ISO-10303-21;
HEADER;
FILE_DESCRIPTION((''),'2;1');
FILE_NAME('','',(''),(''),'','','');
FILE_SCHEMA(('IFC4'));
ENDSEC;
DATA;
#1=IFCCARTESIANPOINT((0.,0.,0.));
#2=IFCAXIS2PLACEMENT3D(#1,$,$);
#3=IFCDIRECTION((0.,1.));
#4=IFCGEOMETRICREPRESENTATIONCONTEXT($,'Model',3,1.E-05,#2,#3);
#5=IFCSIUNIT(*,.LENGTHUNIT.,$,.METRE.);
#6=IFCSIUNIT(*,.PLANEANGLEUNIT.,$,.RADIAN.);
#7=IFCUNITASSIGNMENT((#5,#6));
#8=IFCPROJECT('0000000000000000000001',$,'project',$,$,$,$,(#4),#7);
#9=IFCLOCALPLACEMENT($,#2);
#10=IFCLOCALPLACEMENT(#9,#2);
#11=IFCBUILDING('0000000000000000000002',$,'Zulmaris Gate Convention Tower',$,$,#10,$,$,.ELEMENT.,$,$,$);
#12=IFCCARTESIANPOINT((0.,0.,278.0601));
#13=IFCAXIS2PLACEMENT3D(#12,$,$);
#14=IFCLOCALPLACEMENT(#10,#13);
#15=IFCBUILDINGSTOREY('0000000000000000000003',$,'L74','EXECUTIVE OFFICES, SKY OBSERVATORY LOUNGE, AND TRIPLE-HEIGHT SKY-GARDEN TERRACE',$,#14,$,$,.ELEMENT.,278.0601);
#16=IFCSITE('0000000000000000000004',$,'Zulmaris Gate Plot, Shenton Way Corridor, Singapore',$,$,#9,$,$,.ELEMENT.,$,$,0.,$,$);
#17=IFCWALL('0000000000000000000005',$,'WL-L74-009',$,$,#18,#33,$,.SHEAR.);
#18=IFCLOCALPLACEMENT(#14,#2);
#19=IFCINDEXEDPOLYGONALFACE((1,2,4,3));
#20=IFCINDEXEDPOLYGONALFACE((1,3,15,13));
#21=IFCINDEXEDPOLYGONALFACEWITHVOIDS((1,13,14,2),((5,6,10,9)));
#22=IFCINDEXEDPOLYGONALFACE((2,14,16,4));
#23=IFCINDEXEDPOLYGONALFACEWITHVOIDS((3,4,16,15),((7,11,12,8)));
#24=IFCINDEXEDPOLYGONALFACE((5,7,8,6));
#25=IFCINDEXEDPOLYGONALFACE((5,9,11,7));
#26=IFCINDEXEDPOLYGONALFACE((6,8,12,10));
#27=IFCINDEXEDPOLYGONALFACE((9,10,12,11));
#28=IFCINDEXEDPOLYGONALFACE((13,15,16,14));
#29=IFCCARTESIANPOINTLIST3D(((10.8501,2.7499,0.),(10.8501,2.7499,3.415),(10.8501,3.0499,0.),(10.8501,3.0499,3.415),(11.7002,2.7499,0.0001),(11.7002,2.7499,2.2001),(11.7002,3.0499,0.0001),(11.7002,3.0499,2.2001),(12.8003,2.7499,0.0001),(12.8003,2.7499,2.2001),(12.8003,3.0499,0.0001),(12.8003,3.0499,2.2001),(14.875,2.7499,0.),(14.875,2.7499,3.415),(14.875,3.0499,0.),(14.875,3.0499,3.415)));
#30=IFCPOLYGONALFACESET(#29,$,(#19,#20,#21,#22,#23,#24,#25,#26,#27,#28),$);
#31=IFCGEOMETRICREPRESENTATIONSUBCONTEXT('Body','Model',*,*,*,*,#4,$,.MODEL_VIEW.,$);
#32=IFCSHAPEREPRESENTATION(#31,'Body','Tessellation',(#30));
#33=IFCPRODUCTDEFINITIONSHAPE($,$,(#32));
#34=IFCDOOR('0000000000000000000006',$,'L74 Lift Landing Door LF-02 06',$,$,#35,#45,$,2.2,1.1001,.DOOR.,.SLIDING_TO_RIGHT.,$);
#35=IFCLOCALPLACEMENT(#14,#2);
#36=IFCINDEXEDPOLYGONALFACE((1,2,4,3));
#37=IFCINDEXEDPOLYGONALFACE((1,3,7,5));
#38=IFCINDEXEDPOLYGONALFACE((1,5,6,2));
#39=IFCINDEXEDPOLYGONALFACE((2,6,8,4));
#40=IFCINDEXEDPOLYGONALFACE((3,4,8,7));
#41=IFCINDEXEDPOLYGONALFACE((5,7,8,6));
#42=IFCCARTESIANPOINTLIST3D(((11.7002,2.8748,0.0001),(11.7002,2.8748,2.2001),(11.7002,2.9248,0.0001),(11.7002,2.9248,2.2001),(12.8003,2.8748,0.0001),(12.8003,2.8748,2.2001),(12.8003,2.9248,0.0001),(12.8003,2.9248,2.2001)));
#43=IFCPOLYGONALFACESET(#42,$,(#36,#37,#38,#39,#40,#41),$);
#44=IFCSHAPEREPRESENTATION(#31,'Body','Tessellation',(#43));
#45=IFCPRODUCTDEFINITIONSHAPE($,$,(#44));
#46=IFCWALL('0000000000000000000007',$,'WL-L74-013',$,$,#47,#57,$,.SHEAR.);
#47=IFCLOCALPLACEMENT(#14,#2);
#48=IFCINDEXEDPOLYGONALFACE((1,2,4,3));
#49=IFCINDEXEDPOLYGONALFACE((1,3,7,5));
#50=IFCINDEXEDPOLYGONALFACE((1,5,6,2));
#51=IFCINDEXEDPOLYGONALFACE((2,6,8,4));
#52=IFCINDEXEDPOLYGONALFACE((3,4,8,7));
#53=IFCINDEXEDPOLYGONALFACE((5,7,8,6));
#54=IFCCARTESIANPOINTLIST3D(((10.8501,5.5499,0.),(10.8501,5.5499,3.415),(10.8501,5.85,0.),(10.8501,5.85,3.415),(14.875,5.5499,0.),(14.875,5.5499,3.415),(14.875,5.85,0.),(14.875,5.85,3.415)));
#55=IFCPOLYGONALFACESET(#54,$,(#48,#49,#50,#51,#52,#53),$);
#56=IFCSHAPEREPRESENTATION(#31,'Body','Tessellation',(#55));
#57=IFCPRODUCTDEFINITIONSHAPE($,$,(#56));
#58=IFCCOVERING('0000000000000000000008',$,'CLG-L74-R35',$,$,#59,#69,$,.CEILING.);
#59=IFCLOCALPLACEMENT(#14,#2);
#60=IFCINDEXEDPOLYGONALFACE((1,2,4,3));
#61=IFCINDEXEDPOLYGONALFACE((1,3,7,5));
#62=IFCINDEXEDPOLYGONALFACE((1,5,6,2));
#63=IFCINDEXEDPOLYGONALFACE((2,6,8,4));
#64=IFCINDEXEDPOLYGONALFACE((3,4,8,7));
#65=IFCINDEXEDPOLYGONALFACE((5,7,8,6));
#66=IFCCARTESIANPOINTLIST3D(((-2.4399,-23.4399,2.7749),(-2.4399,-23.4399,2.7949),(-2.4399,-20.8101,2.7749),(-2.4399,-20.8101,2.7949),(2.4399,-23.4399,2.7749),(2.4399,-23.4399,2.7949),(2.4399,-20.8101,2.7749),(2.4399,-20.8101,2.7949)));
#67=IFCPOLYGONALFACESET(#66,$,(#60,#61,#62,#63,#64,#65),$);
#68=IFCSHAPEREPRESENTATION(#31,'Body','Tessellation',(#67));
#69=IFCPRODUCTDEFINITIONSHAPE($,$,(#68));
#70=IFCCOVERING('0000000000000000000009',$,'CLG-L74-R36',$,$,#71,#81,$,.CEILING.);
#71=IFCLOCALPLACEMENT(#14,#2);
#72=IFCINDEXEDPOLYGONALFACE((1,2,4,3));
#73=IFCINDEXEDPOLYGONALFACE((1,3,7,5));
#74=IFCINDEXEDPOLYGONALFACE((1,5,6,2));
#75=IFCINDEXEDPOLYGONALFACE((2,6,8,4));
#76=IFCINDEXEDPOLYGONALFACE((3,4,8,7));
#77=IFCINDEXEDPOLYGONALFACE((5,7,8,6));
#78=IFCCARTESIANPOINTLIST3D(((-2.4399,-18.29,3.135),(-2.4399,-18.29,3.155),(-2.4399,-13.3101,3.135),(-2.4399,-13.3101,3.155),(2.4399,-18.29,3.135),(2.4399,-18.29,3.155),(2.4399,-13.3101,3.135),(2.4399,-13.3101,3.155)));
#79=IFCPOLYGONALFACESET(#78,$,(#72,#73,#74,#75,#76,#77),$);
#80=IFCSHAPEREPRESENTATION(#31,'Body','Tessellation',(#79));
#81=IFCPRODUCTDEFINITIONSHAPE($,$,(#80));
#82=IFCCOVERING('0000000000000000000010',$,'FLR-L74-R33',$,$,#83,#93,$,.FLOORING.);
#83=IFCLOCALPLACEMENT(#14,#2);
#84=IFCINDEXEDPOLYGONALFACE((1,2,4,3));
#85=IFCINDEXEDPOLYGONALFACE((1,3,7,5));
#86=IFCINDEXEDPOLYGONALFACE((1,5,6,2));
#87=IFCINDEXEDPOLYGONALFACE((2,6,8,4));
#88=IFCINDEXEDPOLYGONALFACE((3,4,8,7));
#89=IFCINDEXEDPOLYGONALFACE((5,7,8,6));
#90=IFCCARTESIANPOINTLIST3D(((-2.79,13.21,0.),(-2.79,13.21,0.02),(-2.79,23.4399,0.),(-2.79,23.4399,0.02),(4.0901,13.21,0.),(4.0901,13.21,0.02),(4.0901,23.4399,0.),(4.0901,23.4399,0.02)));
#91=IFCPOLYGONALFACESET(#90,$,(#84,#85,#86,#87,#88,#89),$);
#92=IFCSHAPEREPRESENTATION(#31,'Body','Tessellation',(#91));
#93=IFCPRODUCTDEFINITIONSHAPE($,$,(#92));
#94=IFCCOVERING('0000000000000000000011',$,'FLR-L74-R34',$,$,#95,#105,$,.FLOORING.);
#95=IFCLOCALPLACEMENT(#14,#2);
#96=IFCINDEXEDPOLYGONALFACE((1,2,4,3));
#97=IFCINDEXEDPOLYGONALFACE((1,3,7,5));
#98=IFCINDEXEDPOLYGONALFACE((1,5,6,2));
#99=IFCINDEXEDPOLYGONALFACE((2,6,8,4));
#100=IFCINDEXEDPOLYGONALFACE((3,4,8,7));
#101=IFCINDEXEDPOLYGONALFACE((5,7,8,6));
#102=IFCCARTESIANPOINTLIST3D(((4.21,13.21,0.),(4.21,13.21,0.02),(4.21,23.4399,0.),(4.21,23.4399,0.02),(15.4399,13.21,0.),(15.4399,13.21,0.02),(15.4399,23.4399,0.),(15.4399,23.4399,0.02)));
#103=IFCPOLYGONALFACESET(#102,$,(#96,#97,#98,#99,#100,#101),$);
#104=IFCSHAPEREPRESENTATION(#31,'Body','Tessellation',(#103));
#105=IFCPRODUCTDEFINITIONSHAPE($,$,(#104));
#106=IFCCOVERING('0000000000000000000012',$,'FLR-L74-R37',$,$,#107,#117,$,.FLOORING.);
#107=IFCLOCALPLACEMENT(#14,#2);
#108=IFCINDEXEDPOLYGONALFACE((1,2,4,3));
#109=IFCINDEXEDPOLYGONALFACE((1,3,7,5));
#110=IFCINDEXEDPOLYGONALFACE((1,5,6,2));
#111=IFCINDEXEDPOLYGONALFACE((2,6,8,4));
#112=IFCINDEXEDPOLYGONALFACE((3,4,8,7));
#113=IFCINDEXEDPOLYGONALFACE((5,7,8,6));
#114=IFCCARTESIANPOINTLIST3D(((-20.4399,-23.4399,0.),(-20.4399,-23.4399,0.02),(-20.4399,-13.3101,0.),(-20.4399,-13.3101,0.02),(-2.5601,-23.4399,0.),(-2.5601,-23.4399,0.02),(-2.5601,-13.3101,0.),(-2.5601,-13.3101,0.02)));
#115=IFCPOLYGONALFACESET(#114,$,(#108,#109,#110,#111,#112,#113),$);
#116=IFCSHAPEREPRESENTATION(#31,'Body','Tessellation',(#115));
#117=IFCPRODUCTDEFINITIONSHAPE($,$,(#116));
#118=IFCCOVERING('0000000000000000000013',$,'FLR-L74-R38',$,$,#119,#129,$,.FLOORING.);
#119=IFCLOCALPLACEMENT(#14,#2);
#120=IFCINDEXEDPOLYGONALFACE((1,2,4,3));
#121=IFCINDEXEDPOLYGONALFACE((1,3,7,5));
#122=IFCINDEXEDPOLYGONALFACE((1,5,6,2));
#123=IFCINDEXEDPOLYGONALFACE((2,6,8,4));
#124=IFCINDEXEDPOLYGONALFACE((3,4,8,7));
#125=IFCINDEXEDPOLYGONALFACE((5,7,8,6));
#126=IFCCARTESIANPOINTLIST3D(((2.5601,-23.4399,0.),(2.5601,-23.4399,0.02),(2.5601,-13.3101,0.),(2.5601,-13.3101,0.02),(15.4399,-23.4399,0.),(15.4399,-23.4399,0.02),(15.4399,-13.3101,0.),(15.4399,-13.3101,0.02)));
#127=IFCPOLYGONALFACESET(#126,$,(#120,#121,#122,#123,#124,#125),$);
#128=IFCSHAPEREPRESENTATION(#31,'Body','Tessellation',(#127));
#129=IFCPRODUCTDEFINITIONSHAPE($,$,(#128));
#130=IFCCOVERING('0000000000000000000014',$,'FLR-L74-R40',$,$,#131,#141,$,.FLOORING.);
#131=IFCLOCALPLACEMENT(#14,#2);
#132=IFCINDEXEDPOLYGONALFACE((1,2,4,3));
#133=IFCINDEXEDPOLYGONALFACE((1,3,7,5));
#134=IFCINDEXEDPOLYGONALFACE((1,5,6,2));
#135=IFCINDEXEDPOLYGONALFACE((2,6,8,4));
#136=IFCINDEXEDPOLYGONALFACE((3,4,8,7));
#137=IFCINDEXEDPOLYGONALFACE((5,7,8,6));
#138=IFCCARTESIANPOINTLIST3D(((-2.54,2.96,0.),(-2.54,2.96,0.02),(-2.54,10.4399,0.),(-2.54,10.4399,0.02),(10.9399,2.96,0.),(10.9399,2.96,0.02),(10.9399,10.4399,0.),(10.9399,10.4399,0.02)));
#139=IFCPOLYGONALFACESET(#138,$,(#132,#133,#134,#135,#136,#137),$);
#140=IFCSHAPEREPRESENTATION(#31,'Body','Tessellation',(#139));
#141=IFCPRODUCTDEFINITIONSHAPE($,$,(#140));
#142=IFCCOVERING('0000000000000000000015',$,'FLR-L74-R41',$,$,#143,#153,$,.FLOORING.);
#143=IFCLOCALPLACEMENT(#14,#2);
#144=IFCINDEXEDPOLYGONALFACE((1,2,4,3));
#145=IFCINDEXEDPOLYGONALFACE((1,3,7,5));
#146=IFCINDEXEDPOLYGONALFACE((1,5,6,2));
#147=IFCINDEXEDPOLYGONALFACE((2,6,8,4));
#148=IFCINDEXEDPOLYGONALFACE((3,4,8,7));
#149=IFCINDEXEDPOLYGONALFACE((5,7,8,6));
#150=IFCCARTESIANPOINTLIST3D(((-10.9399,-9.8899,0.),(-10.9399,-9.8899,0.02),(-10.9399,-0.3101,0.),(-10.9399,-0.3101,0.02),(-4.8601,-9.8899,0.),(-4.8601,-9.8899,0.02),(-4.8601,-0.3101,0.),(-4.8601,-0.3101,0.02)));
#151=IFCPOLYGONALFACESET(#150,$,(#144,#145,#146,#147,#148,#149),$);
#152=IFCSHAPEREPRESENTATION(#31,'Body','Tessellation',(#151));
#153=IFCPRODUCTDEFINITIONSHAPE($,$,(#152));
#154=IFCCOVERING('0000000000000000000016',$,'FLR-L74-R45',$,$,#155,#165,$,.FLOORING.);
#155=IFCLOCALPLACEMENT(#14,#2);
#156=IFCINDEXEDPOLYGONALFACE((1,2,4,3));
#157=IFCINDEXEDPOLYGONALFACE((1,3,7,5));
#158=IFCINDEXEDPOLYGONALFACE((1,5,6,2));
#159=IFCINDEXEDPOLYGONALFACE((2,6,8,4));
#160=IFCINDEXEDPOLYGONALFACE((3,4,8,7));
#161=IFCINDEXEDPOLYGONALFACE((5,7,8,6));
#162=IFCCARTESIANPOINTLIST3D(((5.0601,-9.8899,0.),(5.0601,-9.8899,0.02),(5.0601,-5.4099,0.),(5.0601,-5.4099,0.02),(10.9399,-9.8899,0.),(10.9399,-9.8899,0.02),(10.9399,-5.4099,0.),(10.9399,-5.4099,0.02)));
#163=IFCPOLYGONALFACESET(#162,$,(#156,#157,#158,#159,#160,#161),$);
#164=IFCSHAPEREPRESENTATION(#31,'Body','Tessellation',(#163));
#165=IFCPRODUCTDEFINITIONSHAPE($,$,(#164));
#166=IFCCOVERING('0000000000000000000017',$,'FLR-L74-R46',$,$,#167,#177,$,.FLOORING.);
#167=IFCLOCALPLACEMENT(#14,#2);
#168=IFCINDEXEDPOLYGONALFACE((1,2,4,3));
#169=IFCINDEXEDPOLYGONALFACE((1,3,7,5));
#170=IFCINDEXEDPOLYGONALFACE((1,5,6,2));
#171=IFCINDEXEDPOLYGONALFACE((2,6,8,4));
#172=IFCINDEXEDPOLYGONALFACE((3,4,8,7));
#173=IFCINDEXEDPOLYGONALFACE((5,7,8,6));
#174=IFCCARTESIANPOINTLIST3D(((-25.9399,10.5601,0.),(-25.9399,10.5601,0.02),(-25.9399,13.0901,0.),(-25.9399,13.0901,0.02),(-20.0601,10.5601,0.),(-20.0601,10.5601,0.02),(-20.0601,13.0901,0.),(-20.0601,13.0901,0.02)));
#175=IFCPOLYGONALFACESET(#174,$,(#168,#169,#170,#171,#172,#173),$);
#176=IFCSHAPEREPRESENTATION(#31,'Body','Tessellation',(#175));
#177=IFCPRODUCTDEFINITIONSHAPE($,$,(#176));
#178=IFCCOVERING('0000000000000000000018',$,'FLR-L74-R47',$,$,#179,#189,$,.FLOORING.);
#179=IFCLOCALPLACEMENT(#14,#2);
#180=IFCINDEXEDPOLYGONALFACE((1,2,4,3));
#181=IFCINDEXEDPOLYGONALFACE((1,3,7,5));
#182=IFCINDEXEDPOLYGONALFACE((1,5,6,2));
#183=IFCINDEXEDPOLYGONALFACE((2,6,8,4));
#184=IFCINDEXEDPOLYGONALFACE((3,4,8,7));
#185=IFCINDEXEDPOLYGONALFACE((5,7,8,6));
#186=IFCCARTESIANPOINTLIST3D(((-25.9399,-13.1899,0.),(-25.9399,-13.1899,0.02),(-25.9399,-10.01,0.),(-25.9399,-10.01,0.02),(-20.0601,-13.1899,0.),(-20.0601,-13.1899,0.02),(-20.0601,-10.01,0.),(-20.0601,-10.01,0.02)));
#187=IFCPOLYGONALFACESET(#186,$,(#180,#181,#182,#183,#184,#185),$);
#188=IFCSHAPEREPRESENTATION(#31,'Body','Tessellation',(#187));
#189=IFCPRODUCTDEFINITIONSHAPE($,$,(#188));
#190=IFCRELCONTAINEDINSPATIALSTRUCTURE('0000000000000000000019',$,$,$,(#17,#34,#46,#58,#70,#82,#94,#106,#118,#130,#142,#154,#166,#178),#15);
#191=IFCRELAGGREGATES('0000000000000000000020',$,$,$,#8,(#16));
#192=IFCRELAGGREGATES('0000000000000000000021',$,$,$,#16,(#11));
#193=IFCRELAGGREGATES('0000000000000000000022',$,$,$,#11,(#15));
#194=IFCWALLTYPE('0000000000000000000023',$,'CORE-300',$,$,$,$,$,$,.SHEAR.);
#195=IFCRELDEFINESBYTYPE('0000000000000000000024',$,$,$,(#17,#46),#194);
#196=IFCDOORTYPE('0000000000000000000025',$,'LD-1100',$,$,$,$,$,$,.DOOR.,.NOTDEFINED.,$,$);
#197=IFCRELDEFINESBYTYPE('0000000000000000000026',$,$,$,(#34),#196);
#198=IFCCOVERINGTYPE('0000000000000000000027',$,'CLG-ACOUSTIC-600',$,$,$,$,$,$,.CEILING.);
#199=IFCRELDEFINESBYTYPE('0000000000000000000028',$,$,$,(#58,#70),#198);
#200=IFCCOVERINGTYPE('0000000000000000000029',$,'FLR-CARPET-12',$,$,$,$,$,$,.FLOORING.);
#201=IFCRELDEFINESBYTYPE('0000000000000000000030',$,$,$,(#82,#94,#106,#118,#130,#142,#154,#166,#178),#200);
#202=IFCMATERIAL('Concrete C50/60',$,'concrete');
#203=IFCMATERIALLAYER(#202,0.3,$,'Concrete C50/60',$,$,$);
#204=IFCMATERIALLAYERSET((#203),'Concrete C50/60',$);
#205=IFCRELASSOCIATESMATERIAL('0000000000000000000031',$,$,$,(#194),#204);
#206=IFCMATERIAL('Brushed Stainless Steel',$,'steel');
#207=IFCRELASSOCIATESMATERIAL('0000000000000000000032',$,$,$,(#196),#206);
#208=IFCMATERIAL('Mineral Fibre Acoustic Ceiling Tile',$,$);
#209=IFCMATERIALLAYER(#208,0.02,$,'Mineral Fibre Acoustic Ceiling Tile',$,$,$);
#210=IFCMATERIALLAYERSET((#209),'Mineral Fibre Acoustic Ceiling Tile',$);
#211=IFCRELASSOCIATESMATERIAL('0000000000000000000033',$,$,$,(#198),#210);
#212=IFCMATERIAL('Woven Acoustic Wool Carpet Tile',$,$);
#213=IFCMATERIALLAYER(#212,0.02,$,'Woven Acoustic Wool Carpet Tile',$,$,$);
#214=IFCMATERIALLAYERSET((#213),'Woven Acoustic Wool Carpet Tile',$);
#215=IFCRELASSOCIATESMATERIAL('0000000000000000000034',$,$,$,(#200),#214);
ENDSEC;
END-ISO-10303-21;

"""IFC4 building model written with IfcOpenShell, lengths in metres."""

from ifc_helpers import new_model, si_unit, direction, frame, frame_2d, origin, place, context, subcontext, project, spatial, polyline, rectangle, outline, extrude, material, layer, layer_set, type_object, element, fill, save


model = new_model("IFC4")

# Units and contexts
model_context = context("Model", 3, precision=1e-05, world=origin(), true_north=direction((0.0, 1.0)))
body_context = subcontext(model_context, "Body", "Model", "MODEL_VIEW")
ifc_project = project(units=[si_unit("LENGTHUNIT", "METRE"), si_unit("PLANEANGLEUNIT", "RADIAN")], contexts=[model_context])

# Site, building, storey
site_placement = place(None, origin())
site = spatial("IfcSite", under=ifc_project, at=site_placement, Name="Zulmaris Gate Plot, Shenton Way Corridor, Singapore", CompositionType="ELEMENT", RefElevation=0.0)
building_placement = place(site_placement, origin())
building = spatial("IfcBuilding", under=site, at=building_placement, Name="Zulmaris Gate Convention Tower", CompositionType="ELEMENT")
storey_placement = place(building_placement, frame((0.0, 0.0, 278.0601)))
storey = spatial("IfcBuildingStorey", under=building, at=storey_placement, Name="L74", Description="EXECUTIVE OFFICES, SKY OBSERVATORY LOUNGE, AND TRIPLE-HEIGHT SKY-GARDEN TERRACE", CompositionType="ELEMENT", Elevation=278.0601)

# Wall, opening, door
ifc_material_1 = material(Name="Concrete C50/60", Category="concrete")
ifc_layer_1 = layer(ifc_material_1, 0.3, Name="Concrete C50/60")
ifc_layer_set_1 = layer_set([ifc_layer_1], Name="Concrete C50/60")
wall_type = type_object("IfcWallType", Name="CORE-300", PredefinedType="SHEAR", material=ifc_layer_set_1)
wall_1_placement = place(storey_placement, frame((10.8501, 2.8999, 0.0), z_axis=(0.0, 0.0, 1.0), x_axis=(1.0, 0.0, 0.0)))
wall_1 = element("IfcWall", 1, at=wall_1_placement, inside=storey, type_object=wall_type, Name="WL-L74-009", PredefinedType="SHEAR", context=body_context, shape_type="SweptSolid", body=[
    extrude(rectangle(XDim=4.0249, YDim=0.3, at=frame_2d((2.0125, 0.0))), origin(), (0.0, 0.0, 1.0), 3.415),
])
opening_placement = place(wall_1_placement, frame((0.8501, 0.0, 0.0)))
opening = element("IfcOpeningElement", 2, at=opening_placement, cuts=wall_1, PredefinedType="OPENING", context=body_context, shape_type="SweptSolid", body=[
    extrude(rectangle(XDim=1.1001, YDim=2.2, at=frame_2d((0.55, 1.1001))), frame((0.0, 0.1602, 0.0), z_axis=(0.0, -1.0, 0.0), x_axis=(1.0, 0.0, 0.0)), (0.0, 0.0, 1.0), 0.3201),
])
ifc_material_2 = material(Name="Brushed Stainless Steel", Category="steel")
door_type = type_object("IfcDoorType", Name="LD-1100", OperationType="NOTDEFINED", PredefinedType="DOOR", material=ifc_material_2)
door_placement = place(opening_placement, origin())
door = element("IfcDoor", 3, at=door_placement, inside=storey, type_object=door_type, Name="L74 Lift Landing Door LF-02 06", OperationType="SLIDING_TO_RIGHT", OverallHeight=2.2, OverallWidth=1.1001, PredefinedType="DOOR", context=body_context, shape_type="SweptSolid", body=[
    extrude(rectangle(XDim=1.1001, YDim=2.2, at=frame_2d((0.55, 1.1001))), frame((0.0, 0.0249, 0.0), z_axis=(0.0, -1.0, 0.0), x_axis=(1.0, 0.0, 0.0)), (0.0, 0.0, 1.0), 0.05),
])
fill(opening, door)

# Wall
wall_2_placement = place(storey_placement, frame((10.8501, 5.7, 0.0), z_axis=(0.0, 0.0, 1.0), x_axis=(1.0, 0.0, 0.0)))
element("IfcWall", 4, at=wall_2_placement, inside=storey, type_object=wall_type, Name="WL-L74-013", PredefinedType="SHEAR", context=body_context, shape_type="SweptSolid", body=[
    extrude(rectangle(XDim=4.0249, YDim=0.3, at=frame_2d((2.0125, 0.0))), origin(), (0.0, 0.0, 1.0), 3.415),
])

# Coverings
ifc_material_3 = material(Name="Mineral Fibre Acoustic Ceiling Tile")
ifc_layer_2 = layer(ifc_material_3, 0.02, Name="Mineral Fibre Acoustic Ceiling Tile")
ifc_layer_set_2 = layer_set([ifc_layer_2], Name="Mineral Fibre Acoustic Ceiling Tile")
covering_type_1 = type_object("IfcCoveringType", Name="CLG-ACOUSTIC-600", PredefinedType="CEILING", material=ifc_layer_set_2)
covering_1_placement = place(storey_placement, frame((0.0, 0.0, 2.7749)))
element("IfcCovering", 5, at=covering_1_placement, inside=storey, type_object=covering_type_1, Name="CLG-L74-R35", PredefinedType="CEILING", context=body_context, shape_type="SweptSolid", body=[
    extrude(outline(polyline([(-2.4399, -23.4399), (2.4399, -23.4399), (2.4399, -20.8101), (-2.4399, -20.8101), (-2.4399, -23.4399)])), origin(), (0.0, 0.0, 1.0), 0.02),
])
covering_2_placement = place(storey_placement, frame((0.0, 0.0, 3.135)))
element("IfcCovering", 6, at=covering_2_placement, inside=storey, type_object=covering_type_1, Name="CLG-L74-R36", PredefinedType="CEILING", context=body_context, shape_type="SweptSolid", body=[
    extrude(outline(polyline([(-2.4399, -18.29), (2.4399, -18.29), (2.4399, -13.3101), (-2.4399, -13.3101), (-2.4399, -18.29)])), origin(), (0.0, 0.0, 1.0), 0.02),
])
ifc_material_4 = material(Name="Woven Acoustic Wool Carpet Tile")
ifc_layer_3 = layer(ifc_material_4, 0.02, Name="Woven Acoustic Wool Carpet Tile")
ifc_layer_set_3 = layer_set([ifc_layer_3], Name="Woven Acoustic Wool Carpet Tile")
covering_type_2 = type_object("IfcCoveringType", Name="FLR-CARPET-12", PredefinedType="FLOORING", material=ifc_layer_set_3)
covering_3_placement = place(storey_placement, origin())
element("IfcCovering", 7, at=covering_3_placement, inside=storey, type_object=covering_type_2, Name="FLR-L74-R33", PredefinedType="FLOORING", context=body_context, shape_type="SweptSolid", body=[
    extrude(outline(polyline([(-2.79, 13.21), (4.0901, 13.21), (4.0901, 23.4399), (-2.79, 23.4399), (-2.79, 13.21)])), origin(), (0.0, 0.0, 1.0), 0.02),
])
covering_4_placement = place(storey_placement, origin())
element("IfcCovering", 8, at=covering_4_placement, inside=storey, type_object=covering_type_2, Name="FLR-L74-R34", PredefinedType="FLOORING", context=body_context, shape_type="SweptSolid", body=[
    extrude(outline(polyline([(4.21, 13.21), (15.4399, 13.21), (15.4399, 23.4399), (4.21, 23.4399), (4.21, 13.21)])), origin(), (0.0, 0.0, 1.0), 0.02),
])
covering_5_placement = place(storey_placement, origin())
element("IfcCovering", 9, at=covering_5_placement, inside=storey, type_object=covering_type_2, Name="FLR-L74-R37", PredefinedType="FLOORING", context=body_context, shape_type="SweptSolid", body=[
    extrude(outline(polyline([(-20.4399, -23.4399), (-2.5601, -23.4399), (-2.5601, -13.3101), (-20.4399, -13.3101), (-20.4399, -23.4399)])), origin(), (0.0, 0.0, 1.0), 0.02),
])
covering_6_placement = place(storey_placement, origin())
element("IfcCovering", 10, at=covering_6_placement, inside=storey, type_object=covering_type_2, Name="FLR-L74-R38", PredefinedType="FLOORING", context=body_context, shape_type="SweptSolid", body=[
    extrude(outline(polyline([(2.5601, -23.4399), (15.4399, -23.4399), (15.4399, -13.3101), (2.5601, -13.3101), (2.5601, -23.4399)])), origin(), (0.0, 0.0, 1.0), 0.02),
])
covering_7_placement = place(storey_placement, origin())
element("IfcCovering", 11, at=covering_7_placement, inside=storey, type_object=covering_type_2, Name="FLR-L74-R40", PredefinedType="FLOORING", context=body_context, shape_type="SweptSolid", body=[
    extrude(outline(polyline([(-2.54, 2.96), (10.9399, 2.96), (10.9399, 10.4399), (-2.54, 10.4399), (-2.54, 2.96)])), origin(), (0.0, 0.0, 1.0), 0.02),
])
covering_8_placement = place(storey_placement, origin())
element("IfcCovering", 12, at=covering_8_placement, inside=storey, type_object=covering_type_2, Name="FLR-L74-R41", PredefinedType="FLOORING", context=body_context, shape_type="SweptSolid", body=[
    extrude(outline(polyline([(-10.9399, -9.8899), (-4.8601, -9.8899), (-4.8601, -0.3101), (-10.9399, -0.3101), (-10.9399, -9.8899)])), origin(), (0.0, 0.0, 1.0), 0.02),
])
covering_9_placement = place(storey_placement, origin())
element("IfcCovering", 13, at=covering_9_placement, inside=storey, type_object=covering_type_2, Name="FLR-L74-R45", PredefinedType="FLOORING", context=body_context, shape_type="SweptSolid", body=[
    extrude(outline(polyline([(5.0601, -9.8899), (10.9399, -9.8899), (10.9399, -5.4099), (5.0601, -5.4099), (5.0601, -9.8899)])), origin(), (0.0, 0.0, 1.0), 0.02),
])
covering_10_placement = place(storey_placement, origin())
element("IfcCovering", 14, at=covering_10_placement, inside=storey, type_object=covering_type_2, Name="FLR-L74-R46", PredefinedType="FLOORING", context=body_context, shape_type="SweptSolid", body=[
    extrude(outline(polyline([(-25.9399, 10.5601), (-20.0601, 10.5601), (-20.0601, 13.0901), (-25.9399, 13.0901), (-25.9399, 10.5601)])), origin(), (0.0, 0.0, 1.0), 0.02),
])
covering_11_placement = place(storey_placement, origin())
element("IfcCovering", 15, at=covering_11_placement, inside=storey, type_object=covering_type_2, Name="FLR-L74-R47", PredefinedType="FLOORING", context=body_context, shape_type="SweptSolid", body=[
    extrude(outline(polyline([(-25.9399, -13.1899), (-20.0601, -13.1899), (-20.0601, -10.01), (-25.9399, -10.01), (-25.9399, -13.1899)])), origin(), (0.0, 0.0, 1.0), 0.02),
])

save(model, "model.ifc")
